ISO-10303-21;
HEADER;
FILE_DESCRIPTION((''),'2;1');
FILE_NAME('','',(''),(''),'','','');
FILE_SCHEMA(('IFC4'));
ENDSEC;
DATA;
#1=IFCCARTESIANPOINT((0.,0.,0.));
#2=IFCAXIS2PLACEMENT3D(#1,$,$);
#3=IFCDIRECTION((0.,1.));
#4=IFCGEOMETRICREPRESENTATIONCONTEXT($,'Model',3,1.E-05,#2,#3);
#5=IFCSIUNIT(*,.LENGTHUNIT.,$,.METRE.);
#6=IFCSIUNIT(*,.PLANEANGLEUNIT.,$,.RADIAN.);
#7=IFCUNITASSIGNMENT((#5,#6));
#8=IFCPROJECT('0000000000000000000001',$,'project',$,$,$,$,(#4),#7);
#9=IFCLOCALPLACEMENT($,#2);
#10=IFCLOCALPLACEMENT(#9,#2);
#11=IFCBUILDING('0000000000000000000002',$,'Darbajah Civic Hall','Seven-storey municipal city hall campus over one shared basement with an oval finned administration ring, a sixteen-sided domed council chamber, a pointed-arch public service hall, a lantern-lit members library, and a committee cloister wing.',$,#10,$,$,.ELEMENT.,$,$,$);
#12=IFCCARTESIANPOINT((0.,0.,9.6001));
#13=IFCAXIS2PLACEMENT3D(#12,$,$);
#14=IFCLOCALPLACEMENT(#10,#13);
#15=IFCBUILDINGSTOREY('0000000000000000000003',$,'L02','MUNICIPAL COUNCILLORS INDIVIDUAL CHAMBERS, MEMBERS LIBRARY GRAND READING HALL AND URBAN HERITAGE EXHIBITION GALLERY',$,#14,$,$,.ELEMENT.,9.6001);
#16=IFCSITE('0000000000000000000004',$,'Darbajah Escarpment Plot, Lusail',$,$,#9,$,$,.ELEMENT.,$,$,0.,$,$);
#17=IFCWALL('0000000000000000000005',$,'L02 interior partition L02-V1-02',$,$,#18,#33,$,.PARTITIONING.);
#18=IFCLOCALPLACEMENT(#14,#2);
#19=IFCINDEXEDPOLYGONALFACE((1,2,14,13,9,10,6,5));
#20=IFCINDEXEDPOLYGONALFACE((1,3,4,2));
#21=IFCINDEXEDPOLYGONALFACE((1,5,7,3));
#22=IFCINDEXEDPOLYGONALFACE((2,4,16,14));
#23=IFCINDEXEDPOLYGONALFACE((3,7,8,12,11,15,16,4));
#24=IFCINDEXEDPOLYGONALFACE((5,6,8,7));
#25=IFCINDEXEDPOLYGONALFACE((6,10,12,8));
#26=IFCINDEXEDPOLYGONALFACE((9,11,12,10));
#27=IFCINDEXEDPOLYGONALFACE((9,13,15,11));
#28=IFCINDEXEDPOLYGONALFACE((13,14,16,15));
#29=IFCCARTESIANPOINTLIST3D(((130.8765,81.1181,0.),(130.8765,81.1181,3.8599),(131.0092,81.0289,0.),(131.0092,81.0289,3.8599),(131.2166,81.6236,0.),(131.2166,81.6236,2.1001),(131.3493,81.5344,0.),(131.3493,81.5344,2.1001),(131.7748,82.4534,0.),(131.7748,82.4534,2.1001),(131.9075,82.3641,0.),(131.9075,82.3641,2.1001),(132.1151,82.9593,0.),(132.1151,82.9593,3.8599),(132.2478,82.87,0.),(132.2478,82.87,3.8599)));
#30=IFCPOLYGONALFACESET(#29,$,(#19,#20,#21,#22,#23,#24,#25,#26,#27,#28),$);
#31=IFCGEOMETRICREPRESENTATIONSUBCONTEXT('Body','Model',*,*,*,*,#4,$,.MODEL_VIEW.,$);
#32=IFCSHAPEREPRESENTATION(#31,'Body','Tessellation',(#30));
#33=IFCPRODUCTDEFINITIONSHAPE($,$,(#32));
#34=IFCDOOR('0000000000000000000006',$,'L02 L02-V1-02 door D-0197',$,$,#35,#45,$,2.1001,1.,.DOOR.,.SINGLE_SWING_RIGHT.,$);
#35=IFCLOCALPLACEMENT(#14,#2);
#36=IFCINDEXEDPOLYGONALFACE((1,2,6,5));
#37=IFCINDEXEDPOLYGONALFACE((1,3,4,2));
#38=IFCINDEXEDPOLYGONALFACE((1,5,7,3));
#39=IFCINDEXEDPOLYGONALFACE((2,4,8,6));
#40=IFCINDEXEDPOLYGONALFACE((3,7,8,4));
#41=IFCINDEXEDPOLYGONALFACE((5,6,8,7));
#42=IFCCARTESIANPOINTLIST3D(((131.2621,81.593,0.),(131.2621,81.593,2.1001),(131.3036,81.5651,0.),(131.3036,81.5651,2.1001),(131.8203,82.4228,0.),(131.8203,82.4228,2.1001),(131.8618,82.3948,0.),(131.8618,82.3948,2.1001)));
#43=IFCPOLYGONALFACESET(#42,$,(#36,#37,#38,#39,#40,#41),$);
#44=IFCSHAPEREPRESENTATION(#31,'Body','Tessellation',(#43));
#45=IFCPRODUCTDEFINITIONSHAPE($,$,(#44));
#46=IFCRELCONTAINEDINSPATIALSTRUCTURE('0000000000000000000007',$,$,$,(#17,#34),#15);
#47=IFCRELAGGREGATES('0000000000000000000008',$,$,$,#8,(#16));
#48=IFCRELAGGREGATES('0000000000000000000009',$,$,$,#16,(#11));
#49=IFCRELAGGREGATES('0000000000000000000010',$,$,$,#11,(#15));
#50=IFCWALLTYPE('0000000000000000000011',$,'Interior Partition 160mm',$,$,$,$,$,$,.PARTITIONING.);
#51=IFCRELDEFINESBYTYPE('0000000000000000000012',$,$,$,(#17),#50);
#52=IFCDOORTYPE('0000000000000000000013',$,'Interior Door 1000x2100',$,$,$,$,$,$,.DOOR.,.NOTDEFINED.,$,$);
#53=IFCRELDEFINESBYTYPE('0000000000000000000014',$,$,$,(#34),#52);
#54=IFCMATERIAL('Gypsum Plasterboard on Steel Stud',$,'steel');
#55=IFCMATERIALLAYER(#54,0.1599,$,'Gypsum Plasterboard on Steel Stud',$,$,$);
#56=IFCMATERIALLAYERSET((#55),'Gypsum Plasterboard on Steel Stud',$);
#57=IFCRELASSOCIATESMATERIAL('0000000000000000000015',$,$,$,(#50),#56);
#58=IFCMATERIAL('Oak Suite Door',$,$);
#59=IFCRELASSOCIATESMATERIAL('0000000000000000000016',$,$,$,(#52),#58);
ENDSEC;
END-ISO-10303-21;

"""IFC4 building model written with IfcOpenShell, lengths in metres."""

from ifc_helpers import new_model, si_unit, direction, frame, frame_2d, origin, place, context, subcontext, project, spatial, rectangle, extrude, material, layer, layer_set, type_object, element, fill, save


model = new_model("IFC4")

# Units and contexts
model_context = context("Model", 3, precision=1e-05, world=origin(), true_north=direction((0.0, 1.0)))
body_context = subcontext(model_context, "Body", "Model", "MODEL_VIEW")
ifc_project = project(units=[si_unit("LENGTHUNIT", "METRE"), si_unit("PLANEANGLEUNIT", "RADIAN")], contexts=[model_context])

# Site, building, storey
site_placement = place(None, origin())
site = spatial("IfcSite", under=ifc_project, at=site_placement, Name="Darbajah Escarpment Plot, Lusail", CompositionType="ELEMENT", RefElevation=0.0)
building_placement = place(site_placement, origin())
building = spatial("IfcBuilding", under=site, at=building_placement, Name="Darbajah Civic Hall", Description="Seven-storey municipal city hall campus over one shared basement with an oval finned administration ring, a sixteen-sided domed council chamber, a pointed-arch public service hall, a lantern-lit members library, and a committee cloister wing.", CompositionType="ELEMENT")
storey_placement = place(building_placement, frame((0.0, 0.0, 9.6001)))
storey = spatial("IfcBuildingStorey", under=building, at=storey_placement, Name="L02", Description="MUNICIPAL COUNCILLORS INDIVIDUAL CHAMBERS, MEMBERS LIBRARY GRAND READING HALL AND URBAN HERITAGE EXHIBITION GALLERY", CompositionType="ELEMENT", Elevation=9.6001)

# Wall, opening, door
ifc_material_1 = material(Name="Gypsum Plasterboard on Steel Stud", Category="steel")
ifc_layer_1 = layer(ifc_material_1, 0.1599, Name="Gypsum Plasterboard on Steel Stud")
ifc_layer_set_1 = layer_set([ifc_layer_1], Name="Gypsum Plasterboard on Steel Stud")
wall_type = type_object("IfcWallType", Name="Interior Partition 160mm", PredefinedType="PARTITIONING", material=ifc_layer_set_1)
wall_placement = place(storey_placement, frame((132.1814, 82.9146, 0.0), z_axis=(0.0, 0.0, 1.0), x_axis=(-0.558174, -0.829724, 0.0)))
wall = element("IfcWall", 1, at=wall_placement, inside=storey, type_object=wall_type, Name="L02 interior partition L02-V1-02", PredefinedType="PARTITIONING", context=body_context, shape_type="SweptSolid", body=[
    extrude(rectangle(XDim=2.219, YDim=0.1599, at=frame_2d((1.1094, 0.0))), origin(), (0.0, 0.0, 1.0), 3.8599),
])
opening_placement = place(wall_placement, frame((0.6096, 0.0, 0.0)))
opening = element("IfcOpeningElement", 2, at=opening_placement, cuts=wall, PredefinedType="OPENING", context=body_context, shape_type="SweptSolid", body=[
    extrude(rectangle(XDim=1.0, YDim=2.1001, at=frame_2d((0.5, 1.05))), frame((0.0, 0.0898, 0.0), z_axis=(0.0, -1.0, 0.0), x_axis=(1.0, 0.0, 0.0)), (0.0, 0.0, 1.0), 0.1799),
])
ifc_material_2 = material(Name="Oak Suite Door")
door_type = type_object("IfcDoorType", Name="Interior Door 1000x2100", OperationType="NOTDEFINED", PredefinedType="DOOR", material=ifc_material_2)
door_placement = place(opening_placement, origin())
door = element("IfcDoor", 3, at=door_placement, inside=storey, type_object=door_type, Name="L02 L02-V1-02 door D-0197", OperationType="SINGLE_SWING_RIGHT", OverallHeight=2.1001, OverallWidth=1.0, PredefinedType="DOOR", context=body_context, shape_type="SweptSolid", body=[
    extrude(rectangle(XDim=1.0, YDim=2.1001, at=frame_2d((0.5, 1.05))), frame((0.0, 0.0249, 0.0), z_axis=(0.0, -1.0, 0.0), x_axis=(1.0, 0.0, 0.0)), (0.0, 0.0, 1.0), 0.05),
])
fill(opening, door)

save(model, "model.ifc")
